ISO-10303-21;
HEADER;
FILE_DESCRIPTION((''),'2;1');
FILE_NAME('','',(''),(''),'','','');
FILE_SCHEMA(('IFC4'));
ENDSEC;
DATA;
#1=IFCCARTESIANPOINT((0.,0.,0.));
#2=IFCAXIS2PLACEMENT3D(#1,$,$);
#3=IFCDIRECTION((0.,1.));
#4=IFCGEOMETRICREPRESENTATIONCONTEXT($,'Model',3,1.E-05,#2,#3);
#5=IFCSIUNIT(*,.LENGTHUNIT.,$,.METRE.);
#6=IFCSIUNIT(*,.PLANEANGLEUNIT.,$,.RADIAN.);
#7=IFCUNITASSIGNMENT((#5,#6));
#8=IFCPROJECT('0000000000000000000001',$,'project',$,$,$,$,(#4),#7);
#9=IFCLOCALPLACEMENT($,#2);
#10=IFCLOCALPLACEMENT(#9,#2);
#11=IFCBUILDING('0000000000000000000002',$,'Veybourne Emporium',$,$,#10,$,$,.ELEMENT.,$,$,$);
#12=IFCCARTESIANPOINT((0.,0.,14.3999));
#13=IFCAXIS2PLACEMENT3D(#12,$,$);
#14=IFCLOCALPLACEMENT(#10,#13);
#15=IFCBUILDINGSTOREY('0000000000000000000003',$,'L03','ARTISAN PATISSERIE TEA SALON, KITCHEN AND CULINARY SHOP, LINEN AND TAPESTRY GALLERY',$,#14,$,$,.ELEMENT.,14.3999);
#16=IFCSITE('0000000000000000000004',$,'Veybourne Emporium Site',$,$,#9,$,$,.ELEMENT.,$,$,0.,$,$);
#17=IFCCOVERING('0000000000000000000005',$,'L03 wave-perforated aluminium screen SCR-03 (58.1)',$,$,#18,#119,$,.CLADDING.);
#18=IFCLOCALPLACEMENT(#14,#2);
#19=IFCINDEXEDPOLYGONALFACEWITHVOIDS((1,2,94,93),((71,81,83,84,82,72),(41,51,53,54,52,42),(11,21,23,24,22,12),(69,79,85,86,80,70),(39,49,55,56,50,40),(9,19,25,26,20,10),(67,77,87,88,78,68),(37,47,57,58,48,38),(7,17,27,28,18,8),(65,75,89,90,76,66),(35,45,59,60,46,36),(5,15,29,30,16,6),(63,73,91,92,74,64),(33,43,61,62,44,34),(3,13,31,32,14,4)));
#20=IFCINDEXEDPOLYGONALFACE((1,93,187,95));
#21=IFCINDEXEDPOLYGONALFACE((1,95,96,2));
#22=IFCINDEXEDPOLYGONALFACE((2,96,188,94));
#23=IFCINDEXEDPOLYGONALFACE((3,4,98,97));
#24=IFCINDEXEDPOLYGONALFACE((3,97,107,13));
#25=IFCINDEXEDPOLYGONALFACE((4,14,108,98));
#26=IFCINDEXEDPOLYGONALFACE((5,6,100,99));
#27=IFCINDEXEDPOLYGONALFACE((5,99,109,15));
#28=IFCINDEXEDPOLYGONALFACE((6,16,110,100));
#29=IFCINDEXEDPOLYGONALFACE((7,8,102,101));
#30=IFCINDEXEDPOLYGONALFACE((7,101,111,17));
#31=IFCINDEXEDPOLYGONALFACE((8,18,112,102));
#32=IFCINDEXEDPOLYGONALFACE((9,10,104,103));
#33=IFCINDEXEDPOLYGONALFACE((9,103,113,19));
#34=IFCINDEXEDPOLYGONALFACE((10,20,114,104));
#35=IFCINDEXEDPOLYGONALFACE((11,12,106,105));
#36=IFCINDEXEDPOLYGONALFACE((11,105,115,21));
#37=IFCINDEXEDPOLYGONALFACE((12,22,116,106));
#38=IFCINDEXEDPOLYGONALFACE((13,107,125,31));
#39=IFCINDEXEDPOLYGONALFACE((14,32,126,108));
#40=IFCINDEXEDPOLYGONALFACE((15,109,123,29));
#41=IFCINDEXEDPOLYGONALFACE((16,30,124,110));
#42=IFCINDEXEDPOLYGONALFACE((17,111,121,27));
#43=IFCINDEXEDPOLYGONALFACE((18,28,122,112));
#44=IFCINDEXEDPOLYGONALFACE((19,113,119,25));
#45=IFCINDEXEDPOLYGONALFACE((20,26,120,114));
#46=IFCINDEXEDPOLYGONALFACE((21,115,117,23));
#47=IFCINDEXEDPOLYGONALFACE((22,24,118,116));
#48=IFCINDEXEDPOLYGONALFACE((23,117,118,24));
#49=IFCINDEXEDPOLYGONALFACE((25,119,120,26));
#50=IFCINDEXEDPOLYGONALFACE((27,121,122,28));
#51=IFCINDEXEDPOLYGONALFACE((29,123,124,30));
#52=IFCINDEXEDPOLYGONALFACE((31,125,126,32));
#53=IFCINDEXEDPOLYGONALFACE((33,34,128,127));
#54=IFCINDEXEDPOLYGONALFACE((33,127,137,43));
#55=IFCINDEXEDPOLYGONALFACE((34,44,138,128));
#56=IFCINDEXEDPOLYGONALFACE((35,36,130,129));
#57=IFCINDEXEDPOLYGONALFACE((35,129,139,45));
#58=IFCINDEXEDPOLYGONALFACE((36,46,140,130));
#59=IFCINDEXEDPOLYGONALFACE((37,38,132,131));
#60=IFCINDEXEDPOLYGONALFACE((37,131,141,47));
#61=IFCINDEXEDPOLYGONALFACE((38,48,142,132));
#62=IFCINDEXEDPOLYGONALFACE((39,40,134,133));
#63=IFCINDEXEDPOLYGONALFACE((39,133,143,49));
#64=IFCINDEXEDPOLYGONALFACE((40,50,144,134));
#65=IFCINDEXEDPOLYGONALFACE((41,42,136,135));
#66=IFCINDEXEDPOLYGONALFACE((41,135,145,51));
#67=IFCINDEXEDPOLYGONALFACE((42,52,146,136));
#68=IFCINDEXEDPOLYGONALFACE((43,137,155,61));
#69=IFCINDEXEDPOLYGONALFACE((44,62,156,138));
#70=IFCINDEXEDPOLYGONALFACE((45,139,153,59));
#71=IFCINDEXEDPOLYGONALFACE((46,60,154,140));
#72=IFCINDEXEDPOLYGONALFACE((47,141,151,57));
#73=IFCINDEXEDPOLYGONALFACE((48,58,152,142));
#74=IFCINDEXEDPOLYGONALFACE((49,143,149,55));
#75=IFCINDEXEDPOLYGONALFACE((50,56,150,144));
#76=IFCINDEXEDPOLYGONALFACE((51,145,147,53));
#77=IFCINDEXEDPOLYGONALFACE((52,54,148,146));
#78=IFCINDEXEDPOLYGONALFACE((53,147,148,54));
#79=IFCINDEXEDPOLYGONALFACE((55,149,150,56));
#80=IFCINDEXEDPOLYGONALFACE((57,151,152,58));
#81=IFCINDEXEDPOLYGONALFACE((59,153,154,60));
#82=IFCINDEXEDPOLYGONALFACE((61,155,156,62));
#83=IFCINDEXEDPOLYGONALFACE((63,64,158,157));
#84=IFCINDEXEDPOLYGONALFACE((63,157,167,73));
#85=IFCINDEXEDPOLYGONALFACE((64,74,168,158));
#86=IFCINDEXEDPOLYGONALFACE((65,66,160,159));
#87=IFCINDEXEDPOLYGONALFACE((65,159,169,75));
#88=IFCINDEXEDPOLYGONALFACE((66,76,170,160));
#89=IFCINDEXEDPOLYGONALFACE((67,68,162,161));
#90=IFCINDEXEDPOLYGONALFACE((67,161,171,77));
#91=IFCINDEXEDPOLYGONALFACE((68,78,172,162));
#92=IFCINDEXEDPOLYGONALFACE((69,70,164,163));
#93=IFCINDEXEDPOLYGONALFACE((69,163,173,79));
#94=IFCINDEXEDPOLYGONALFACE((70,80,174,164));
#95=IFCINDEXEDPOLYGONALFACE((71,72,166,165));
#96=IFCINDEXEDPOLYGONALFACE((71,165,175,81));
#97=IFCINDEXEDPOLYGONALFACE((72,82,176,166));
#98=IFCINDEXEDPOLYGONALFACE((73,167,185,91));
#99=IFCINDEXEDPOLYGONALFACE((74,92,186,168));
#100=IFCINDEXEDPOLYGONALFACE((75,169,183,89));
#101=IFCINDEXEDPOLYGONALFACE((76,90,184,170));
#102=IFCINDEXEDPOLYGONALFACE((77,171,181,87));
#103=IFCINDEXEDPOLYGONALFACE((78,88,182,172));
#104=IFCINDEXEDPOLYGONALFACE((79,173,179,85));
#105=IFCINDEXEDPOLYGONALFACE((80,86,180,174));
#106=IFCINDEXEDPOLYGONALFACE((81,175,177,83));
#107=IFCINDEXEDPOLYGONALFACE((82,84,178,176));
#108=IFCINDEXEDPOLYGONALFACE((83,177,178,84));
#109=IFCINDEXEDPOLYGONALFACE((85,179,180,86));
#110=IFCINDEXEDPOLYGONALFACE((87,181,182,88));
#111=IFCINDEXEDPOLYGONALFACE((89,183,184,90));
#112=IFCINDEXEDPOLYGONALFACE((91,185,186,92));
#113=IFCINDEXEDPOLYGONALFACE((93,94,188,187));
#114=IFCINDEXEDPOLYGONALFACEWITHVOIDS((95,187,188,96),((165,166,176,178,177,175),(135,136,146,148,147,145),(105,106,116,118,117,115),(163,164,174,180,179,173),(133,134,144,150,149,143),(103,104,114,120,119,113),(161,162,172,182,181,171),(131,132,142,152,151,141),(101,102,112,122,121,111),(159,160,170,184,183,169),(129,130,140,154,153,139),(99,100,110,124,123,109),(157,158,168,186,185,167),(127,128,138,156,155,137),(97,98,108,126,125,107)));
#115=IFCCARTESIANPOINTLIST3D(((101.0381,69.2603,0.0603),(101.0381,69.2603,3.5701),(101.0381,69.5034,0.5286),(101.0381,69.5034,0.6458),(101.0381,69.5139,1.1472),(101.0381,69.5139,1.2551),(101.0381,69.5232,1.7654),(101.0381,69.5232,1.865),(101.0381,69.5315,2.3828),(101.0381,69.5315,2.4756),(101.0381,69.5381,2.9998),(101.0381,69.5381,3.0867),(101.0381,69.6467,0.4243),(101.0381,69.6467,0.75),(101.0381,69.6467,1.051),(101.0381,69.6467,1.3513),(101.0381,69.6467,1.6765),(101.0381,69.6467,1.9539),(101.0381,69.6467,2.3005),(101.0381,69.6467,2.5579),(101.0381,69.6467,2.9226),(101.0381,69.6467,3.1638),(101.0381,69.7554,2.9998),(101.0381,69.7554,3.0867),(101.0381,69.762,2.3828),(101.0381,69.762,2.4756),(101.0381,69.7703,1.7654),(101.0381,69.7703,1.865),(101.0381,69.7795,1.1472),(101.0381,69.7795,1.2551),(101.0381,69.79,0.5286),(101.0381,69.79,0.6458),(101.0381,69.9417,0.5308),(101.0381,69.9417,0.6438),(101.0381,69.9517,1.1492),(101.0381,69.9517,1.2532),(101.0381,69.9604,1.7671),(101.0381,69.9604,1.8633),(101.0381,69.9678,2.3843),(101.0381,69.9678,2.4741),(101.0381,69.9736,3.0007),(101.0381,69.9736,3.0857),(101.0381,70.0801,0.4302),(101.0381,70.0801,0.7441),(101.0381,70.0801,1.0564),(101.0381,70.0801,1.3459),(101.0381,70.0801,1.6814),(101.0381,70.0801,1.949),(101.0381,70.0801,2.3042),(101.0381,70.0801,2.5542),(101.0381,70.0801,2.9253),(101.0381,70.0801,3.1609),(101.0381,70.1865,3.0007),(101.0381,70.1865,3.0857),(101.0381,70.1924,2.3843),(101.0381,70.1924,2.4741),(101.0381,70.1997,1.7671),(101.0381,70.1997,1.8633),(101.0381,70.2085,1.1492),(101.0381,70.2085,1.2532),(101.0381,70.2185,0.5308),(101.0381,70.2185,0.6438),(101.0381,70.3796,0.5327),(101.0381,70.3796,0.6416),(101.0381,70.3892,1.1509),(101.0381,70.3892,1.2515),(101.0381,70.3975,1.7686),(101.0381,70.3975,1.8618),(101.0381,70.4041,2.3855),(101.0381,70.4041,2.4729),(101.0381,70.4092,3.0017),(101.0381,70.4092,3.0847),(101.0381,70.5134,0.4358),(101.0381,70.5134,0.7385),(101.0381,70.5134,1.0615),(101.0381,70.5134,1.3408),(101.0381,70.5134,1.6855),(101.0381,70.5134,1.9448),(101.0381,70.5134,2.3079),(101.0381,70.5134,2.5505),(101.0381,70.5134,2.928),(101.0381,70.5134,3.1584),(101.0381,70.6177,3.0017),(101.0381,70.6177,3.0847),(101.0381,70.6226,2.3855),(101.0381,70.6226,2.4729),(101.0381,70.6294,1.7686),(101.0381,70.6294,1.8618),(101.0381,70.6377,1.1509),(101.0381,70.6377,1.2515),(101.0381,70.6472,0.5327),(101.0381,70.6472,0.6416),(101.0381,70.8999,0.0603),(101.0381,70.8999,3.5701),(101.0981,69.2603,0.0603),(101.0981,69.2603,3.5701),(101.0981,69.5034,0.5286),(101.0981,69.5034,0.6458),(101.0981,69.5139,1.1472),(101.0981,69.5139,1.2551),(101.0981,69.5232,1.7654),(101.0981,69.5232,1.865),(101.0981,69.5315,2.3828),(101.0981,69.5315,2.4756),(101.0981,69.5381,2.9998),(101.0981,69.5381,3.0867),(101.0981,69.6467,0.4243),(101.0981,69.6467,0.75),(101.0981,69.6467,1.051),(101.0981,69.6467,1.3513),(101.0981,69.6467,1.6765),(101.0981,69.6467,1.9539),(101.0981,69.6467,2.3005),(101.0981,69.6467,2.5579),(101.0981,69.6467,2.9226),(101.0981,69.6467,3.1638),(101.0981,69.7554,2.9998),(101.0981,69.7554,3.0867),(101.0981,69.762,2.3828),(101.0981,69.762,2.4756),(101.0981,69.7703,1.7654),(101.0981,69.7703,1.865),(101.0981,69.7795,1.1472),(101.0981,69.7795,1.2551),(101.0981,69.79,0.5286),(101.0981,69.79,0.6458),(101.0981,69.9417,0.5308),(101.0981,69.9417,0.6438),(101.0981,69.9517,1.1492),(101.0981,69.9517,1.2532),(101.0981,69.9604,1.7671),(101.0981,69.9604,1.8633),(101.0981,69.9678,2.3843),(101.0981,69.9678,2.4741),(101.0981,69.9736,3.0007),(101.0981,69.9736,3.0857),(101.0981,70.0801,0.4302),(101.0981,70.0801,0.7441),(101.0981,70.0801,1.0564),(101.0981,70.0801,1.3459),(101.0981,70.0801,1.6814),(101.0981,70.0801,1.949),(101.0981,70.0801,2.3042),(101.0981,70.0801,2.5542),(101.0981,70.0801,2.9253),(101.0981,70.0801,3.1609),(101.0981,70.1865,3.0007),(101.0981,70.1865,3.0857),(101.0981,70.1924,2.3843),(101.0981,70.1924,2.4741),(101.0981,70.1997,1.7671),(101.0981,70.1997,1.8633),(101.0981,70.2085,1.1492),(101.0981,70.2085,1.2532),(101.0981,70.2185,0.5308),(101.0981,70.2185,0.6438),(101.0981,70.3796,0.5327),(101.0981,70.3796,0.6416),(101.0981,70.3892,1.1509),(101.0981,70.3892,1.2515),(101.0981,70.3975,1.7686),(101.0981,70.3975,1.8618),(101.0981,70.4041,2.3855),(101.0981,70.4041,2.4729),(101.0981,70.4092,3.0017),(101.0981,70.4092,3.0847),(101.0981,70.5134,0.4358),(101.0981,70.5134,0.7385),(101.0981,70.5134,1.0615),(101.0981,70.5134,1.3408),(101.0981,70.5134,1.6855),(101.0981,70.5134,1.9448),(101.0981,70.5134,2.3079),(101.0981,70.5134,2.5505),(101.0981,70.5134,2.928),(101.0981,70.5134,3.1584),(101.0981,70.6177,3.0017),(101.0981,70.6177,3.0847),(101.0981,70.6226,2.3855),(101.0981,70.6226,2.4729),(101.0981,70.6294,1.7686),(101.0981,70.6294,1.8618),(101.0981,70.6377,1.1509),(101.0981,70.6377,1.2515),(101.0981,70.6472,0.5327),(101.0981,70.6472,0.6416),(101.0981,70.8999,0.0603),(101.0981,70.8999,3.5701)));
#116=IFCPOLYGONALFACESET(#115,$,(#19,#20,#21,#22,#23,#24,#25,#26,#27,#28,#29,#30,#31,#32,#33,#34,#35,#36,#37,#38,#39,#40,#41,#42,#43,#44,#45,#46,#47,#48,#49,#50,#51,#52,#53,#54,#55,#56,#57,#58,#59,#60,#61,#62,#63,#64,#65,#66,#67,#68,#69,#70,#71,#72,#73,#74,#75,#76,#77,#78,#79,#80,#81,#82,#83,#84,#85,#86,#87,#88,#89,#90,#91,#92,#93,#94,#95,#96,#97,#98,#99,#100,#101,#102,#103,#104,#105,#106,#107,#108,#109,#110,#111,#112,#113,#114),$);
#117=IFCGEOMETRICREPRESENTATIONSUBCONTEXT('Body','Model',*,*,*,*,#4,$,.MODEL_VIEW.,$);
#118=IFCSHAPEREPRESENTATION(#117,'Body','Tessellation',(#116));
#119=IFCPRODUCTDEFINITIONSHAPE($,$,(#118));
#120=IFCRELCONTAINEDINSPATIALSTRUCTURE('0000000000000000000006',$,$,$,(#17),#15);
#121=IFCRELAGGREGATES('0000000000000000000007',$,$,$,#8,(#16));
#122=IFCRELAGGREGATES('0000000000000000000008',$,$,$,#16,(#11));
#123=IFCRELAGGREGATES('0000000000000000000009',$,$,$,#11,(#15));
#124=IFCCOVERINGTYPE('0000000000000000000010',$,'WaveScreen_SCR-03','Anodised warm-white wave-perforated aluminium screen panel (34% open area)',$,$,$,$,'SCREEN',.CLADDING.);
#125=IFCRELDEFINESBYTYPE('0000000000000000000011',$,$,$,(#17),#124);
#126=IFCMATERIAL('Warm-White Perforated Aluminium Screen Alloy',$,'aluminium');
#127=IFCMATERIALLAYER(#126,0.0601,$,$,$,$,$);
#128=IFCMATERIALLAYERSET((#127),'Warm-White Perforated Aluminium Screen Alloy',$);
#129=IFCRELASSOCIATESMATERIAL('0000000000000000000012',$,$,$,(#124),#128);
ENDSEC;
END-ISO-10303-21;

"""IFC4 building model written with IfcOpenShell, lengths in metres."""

from ifc_helpers import new_model, si_unit, direction, frame, origin, place, context, subcontext, project, spatial, polyline, outline, extrude, material, layer, layer_set, type_object, element, save


model = new_model("IFC4")

# Units and contexts
model_context = context("Model", 3, precision=1e-05, world=origin(), true_north=direction((0.0, 1.0)))
body_context = subcontext(model_context, "Body", "Model", "MODEL_VIEW")
ifc_project = project(units=[si_unit("LENGTHUNIT", "METRE"), si_unit("PLANEANGLEUNIT", "RADIAN")], contexts=[model_context])

# Site, building, storey
site_placement = place(None, origin())
site = spatial("IfcSite", under=ifc_project, at=site_placement, Name="Veybourne Emporium Site", CompositionType="ELEMENT", RefElevation=0.0)
building_placement = place(site_placement, origin())
building = spatial("IfcBuilding", under=site, at=building_placement, Name="Veybourne Emporium", CompositionType="ELEMENT")
storey_placement = place(building_placement, frame((0.0, 0.0, 14.3999)))
storey = spatial("IfcBuildingStorey", under=building, at=storey_placement, Name="L03", Description="ARTISAN PATISSERIE TEA SALON, KITCHEN AND CULINARY SHOP, LINEN AND TAPESTRY GALLERY", CompositionType="ELEMENT", Elevation=14.3999)

# Covering
ifc_material_1 = material(Name="Warm-White Perforated Aluminium Screen Alloy", Category="aluminium")
ifc_layer_1 = layer(ifc_material_1, 0.0601)
ifc_layer_set_1 = layer_set([ifc_layer_1], Name="Warm-White Perforated Aluminium Screen Alloy")
covering_type_1 = type_object("IfcCoveringType", Name="WaveScreen_SCR-03", Description="Anodised warm-white wave-perforated aluminium screen panel (34% open area)", ElementType="SCREEN", PredefinedType="CLADDING", material=ifc_layer_set_1)
covering_1_placement = place(storey_placement, frame((101.0981, 70.0801, 1.8152), z_axis=(-1.0, 0.0, 0.0), x_axis=(0.0, -1.0, 0.0)))
element("IfcCovering", 1, at=covering_1_placement, inside=storey, type_object=covering_type_1, Name="L03 wave-perforated aluminium screen SCR-03 (58.1)", PredefinedType="CLADDING", context=body_context, shape_type="SweptSolid", body=[
    extrude(outline(polyline([(-0.8198, -1.7549), (0.8198, -1.7549), (0.8198, 1.7549), (-0.8198, 1.7549), (-0.8198, -1.7549)]), holes=[polyline([(-0.4333, -1.0767), (-0.2996, -1.1736), (-0.2996, -1.2825), (-0.4333, -1.3794), (-0.5671, -1.2825), (-0.5671, -1.1736), (-0.4333, -1.0767)]), polyline([(-0.4333, -0.4744), (-0.3091, -0.5637), (-0.3091, -0.6643), (-0.4333, -0.7537), (-0.5576, -0.6643), (-0.5576, -0.5637), (-0.4333, -0.4744)]), polyline([(-0.4333, 0.1296), (-0.3174, 0.0466), (-0.3174, -0.0466), (-0.4333, -0.1296), (-0.5493, -0.0466), (-0.5493, 0.0466), (-0.4333, 0.1296)]), polyline([(-0.4333, 0.7354), (-0.324, 0.6577), (-0.324, 0.5703), (-0.4333, 0.4927), (-0.5425, 0.5703), (-0.5425, 0.6577), (-0.4333, 0.7354)]), polyline([(-0.4333, 1.3433), (-0.3291, 1.2695), (-0.3291, 1.1865), (-0.4333, 1.1128), (-0.5376, 1.1865), (-0.5376, 1.2695), (-0.4333, 1.3433)]), polyline([(0.0, -1.071), (0.1384, -1.1714), (0.1384, -1.2844), (0.0, -1.385), (-0.1384, -1.2844), (-0.1384, -1.1714), (0.0, -1.071)]), polyline([(0.0, -0.4692), (0.1284, -0.562), (0.1284, -0.666), (0.0, -0.7588), (-0.1284, -0.666), (-0.1284, -0.562), (0.0, -0.4692)]), polyline([(0.0, 0.1338), (0.1196, 0.0481), (0.1196, -0.0481), (0.0, -0.1338), (-0.1196, -0.0481), (-0.1196, 0.0481), (0.0, 0.1338)]), polyline([(0.0, 0.739), (0.1123, 0.6589), (0.1123, 0.5691), (0.0, 0.489), (-0.1123, 0.5691), (-0.1123, 0.6589), (0.0, 0.739)]), polyline([(0.0, 1.3457), (0.1064, 1.2705), (0.1064, 1.1855), (0.0, 1.1101), (-0.1064, 1.1855), (-0.1064, 1.2705), (0.0, 1.3457)]), polyline([(0.4333, -1.0652), (0.5767, -1.1694), (0.5767, -1.2866), (0.4333, -1.3909), (0.29, -1.2866), (0.29, -1.1694), (0.4333, -1.0652)]), polyline([(0.4333, -0.4639), (0.5662, -0.5601), (0.5662, -0.668), (0.4333, -0.7642), (0.3005, -0.668), (0.3005, -0.5601), (0.4333, -0.4639)]), polyline([(0.4333, 0.1387), (0.5569, 0.0498), (0.5569, -0.0498), (0.4333, -0.1387), (0.3098, -0.0498), (0.3098, 0.0498), (0.4333, 0.1387)]), polyline([(0.4333, 0.7427), (0.5486, 0.6604), (0.5486, 0.5676), (0.4333, 0.4854), (0.3181, 0.5676), (0.3181, 0.6604), (0.4333, 0.7427)]), polyline([(0.4333, 1.3486), (0.542, 1.2715), (0.542, 1.1846), (0.4333, 1.1074), (0.3247, 1.1846), (0.3247, 1.2715), (0.4333, 1.3486)])]), origin(), (0.0, 0.0, 1.0), 0.0601),
])

save(model, "model.ifc")
